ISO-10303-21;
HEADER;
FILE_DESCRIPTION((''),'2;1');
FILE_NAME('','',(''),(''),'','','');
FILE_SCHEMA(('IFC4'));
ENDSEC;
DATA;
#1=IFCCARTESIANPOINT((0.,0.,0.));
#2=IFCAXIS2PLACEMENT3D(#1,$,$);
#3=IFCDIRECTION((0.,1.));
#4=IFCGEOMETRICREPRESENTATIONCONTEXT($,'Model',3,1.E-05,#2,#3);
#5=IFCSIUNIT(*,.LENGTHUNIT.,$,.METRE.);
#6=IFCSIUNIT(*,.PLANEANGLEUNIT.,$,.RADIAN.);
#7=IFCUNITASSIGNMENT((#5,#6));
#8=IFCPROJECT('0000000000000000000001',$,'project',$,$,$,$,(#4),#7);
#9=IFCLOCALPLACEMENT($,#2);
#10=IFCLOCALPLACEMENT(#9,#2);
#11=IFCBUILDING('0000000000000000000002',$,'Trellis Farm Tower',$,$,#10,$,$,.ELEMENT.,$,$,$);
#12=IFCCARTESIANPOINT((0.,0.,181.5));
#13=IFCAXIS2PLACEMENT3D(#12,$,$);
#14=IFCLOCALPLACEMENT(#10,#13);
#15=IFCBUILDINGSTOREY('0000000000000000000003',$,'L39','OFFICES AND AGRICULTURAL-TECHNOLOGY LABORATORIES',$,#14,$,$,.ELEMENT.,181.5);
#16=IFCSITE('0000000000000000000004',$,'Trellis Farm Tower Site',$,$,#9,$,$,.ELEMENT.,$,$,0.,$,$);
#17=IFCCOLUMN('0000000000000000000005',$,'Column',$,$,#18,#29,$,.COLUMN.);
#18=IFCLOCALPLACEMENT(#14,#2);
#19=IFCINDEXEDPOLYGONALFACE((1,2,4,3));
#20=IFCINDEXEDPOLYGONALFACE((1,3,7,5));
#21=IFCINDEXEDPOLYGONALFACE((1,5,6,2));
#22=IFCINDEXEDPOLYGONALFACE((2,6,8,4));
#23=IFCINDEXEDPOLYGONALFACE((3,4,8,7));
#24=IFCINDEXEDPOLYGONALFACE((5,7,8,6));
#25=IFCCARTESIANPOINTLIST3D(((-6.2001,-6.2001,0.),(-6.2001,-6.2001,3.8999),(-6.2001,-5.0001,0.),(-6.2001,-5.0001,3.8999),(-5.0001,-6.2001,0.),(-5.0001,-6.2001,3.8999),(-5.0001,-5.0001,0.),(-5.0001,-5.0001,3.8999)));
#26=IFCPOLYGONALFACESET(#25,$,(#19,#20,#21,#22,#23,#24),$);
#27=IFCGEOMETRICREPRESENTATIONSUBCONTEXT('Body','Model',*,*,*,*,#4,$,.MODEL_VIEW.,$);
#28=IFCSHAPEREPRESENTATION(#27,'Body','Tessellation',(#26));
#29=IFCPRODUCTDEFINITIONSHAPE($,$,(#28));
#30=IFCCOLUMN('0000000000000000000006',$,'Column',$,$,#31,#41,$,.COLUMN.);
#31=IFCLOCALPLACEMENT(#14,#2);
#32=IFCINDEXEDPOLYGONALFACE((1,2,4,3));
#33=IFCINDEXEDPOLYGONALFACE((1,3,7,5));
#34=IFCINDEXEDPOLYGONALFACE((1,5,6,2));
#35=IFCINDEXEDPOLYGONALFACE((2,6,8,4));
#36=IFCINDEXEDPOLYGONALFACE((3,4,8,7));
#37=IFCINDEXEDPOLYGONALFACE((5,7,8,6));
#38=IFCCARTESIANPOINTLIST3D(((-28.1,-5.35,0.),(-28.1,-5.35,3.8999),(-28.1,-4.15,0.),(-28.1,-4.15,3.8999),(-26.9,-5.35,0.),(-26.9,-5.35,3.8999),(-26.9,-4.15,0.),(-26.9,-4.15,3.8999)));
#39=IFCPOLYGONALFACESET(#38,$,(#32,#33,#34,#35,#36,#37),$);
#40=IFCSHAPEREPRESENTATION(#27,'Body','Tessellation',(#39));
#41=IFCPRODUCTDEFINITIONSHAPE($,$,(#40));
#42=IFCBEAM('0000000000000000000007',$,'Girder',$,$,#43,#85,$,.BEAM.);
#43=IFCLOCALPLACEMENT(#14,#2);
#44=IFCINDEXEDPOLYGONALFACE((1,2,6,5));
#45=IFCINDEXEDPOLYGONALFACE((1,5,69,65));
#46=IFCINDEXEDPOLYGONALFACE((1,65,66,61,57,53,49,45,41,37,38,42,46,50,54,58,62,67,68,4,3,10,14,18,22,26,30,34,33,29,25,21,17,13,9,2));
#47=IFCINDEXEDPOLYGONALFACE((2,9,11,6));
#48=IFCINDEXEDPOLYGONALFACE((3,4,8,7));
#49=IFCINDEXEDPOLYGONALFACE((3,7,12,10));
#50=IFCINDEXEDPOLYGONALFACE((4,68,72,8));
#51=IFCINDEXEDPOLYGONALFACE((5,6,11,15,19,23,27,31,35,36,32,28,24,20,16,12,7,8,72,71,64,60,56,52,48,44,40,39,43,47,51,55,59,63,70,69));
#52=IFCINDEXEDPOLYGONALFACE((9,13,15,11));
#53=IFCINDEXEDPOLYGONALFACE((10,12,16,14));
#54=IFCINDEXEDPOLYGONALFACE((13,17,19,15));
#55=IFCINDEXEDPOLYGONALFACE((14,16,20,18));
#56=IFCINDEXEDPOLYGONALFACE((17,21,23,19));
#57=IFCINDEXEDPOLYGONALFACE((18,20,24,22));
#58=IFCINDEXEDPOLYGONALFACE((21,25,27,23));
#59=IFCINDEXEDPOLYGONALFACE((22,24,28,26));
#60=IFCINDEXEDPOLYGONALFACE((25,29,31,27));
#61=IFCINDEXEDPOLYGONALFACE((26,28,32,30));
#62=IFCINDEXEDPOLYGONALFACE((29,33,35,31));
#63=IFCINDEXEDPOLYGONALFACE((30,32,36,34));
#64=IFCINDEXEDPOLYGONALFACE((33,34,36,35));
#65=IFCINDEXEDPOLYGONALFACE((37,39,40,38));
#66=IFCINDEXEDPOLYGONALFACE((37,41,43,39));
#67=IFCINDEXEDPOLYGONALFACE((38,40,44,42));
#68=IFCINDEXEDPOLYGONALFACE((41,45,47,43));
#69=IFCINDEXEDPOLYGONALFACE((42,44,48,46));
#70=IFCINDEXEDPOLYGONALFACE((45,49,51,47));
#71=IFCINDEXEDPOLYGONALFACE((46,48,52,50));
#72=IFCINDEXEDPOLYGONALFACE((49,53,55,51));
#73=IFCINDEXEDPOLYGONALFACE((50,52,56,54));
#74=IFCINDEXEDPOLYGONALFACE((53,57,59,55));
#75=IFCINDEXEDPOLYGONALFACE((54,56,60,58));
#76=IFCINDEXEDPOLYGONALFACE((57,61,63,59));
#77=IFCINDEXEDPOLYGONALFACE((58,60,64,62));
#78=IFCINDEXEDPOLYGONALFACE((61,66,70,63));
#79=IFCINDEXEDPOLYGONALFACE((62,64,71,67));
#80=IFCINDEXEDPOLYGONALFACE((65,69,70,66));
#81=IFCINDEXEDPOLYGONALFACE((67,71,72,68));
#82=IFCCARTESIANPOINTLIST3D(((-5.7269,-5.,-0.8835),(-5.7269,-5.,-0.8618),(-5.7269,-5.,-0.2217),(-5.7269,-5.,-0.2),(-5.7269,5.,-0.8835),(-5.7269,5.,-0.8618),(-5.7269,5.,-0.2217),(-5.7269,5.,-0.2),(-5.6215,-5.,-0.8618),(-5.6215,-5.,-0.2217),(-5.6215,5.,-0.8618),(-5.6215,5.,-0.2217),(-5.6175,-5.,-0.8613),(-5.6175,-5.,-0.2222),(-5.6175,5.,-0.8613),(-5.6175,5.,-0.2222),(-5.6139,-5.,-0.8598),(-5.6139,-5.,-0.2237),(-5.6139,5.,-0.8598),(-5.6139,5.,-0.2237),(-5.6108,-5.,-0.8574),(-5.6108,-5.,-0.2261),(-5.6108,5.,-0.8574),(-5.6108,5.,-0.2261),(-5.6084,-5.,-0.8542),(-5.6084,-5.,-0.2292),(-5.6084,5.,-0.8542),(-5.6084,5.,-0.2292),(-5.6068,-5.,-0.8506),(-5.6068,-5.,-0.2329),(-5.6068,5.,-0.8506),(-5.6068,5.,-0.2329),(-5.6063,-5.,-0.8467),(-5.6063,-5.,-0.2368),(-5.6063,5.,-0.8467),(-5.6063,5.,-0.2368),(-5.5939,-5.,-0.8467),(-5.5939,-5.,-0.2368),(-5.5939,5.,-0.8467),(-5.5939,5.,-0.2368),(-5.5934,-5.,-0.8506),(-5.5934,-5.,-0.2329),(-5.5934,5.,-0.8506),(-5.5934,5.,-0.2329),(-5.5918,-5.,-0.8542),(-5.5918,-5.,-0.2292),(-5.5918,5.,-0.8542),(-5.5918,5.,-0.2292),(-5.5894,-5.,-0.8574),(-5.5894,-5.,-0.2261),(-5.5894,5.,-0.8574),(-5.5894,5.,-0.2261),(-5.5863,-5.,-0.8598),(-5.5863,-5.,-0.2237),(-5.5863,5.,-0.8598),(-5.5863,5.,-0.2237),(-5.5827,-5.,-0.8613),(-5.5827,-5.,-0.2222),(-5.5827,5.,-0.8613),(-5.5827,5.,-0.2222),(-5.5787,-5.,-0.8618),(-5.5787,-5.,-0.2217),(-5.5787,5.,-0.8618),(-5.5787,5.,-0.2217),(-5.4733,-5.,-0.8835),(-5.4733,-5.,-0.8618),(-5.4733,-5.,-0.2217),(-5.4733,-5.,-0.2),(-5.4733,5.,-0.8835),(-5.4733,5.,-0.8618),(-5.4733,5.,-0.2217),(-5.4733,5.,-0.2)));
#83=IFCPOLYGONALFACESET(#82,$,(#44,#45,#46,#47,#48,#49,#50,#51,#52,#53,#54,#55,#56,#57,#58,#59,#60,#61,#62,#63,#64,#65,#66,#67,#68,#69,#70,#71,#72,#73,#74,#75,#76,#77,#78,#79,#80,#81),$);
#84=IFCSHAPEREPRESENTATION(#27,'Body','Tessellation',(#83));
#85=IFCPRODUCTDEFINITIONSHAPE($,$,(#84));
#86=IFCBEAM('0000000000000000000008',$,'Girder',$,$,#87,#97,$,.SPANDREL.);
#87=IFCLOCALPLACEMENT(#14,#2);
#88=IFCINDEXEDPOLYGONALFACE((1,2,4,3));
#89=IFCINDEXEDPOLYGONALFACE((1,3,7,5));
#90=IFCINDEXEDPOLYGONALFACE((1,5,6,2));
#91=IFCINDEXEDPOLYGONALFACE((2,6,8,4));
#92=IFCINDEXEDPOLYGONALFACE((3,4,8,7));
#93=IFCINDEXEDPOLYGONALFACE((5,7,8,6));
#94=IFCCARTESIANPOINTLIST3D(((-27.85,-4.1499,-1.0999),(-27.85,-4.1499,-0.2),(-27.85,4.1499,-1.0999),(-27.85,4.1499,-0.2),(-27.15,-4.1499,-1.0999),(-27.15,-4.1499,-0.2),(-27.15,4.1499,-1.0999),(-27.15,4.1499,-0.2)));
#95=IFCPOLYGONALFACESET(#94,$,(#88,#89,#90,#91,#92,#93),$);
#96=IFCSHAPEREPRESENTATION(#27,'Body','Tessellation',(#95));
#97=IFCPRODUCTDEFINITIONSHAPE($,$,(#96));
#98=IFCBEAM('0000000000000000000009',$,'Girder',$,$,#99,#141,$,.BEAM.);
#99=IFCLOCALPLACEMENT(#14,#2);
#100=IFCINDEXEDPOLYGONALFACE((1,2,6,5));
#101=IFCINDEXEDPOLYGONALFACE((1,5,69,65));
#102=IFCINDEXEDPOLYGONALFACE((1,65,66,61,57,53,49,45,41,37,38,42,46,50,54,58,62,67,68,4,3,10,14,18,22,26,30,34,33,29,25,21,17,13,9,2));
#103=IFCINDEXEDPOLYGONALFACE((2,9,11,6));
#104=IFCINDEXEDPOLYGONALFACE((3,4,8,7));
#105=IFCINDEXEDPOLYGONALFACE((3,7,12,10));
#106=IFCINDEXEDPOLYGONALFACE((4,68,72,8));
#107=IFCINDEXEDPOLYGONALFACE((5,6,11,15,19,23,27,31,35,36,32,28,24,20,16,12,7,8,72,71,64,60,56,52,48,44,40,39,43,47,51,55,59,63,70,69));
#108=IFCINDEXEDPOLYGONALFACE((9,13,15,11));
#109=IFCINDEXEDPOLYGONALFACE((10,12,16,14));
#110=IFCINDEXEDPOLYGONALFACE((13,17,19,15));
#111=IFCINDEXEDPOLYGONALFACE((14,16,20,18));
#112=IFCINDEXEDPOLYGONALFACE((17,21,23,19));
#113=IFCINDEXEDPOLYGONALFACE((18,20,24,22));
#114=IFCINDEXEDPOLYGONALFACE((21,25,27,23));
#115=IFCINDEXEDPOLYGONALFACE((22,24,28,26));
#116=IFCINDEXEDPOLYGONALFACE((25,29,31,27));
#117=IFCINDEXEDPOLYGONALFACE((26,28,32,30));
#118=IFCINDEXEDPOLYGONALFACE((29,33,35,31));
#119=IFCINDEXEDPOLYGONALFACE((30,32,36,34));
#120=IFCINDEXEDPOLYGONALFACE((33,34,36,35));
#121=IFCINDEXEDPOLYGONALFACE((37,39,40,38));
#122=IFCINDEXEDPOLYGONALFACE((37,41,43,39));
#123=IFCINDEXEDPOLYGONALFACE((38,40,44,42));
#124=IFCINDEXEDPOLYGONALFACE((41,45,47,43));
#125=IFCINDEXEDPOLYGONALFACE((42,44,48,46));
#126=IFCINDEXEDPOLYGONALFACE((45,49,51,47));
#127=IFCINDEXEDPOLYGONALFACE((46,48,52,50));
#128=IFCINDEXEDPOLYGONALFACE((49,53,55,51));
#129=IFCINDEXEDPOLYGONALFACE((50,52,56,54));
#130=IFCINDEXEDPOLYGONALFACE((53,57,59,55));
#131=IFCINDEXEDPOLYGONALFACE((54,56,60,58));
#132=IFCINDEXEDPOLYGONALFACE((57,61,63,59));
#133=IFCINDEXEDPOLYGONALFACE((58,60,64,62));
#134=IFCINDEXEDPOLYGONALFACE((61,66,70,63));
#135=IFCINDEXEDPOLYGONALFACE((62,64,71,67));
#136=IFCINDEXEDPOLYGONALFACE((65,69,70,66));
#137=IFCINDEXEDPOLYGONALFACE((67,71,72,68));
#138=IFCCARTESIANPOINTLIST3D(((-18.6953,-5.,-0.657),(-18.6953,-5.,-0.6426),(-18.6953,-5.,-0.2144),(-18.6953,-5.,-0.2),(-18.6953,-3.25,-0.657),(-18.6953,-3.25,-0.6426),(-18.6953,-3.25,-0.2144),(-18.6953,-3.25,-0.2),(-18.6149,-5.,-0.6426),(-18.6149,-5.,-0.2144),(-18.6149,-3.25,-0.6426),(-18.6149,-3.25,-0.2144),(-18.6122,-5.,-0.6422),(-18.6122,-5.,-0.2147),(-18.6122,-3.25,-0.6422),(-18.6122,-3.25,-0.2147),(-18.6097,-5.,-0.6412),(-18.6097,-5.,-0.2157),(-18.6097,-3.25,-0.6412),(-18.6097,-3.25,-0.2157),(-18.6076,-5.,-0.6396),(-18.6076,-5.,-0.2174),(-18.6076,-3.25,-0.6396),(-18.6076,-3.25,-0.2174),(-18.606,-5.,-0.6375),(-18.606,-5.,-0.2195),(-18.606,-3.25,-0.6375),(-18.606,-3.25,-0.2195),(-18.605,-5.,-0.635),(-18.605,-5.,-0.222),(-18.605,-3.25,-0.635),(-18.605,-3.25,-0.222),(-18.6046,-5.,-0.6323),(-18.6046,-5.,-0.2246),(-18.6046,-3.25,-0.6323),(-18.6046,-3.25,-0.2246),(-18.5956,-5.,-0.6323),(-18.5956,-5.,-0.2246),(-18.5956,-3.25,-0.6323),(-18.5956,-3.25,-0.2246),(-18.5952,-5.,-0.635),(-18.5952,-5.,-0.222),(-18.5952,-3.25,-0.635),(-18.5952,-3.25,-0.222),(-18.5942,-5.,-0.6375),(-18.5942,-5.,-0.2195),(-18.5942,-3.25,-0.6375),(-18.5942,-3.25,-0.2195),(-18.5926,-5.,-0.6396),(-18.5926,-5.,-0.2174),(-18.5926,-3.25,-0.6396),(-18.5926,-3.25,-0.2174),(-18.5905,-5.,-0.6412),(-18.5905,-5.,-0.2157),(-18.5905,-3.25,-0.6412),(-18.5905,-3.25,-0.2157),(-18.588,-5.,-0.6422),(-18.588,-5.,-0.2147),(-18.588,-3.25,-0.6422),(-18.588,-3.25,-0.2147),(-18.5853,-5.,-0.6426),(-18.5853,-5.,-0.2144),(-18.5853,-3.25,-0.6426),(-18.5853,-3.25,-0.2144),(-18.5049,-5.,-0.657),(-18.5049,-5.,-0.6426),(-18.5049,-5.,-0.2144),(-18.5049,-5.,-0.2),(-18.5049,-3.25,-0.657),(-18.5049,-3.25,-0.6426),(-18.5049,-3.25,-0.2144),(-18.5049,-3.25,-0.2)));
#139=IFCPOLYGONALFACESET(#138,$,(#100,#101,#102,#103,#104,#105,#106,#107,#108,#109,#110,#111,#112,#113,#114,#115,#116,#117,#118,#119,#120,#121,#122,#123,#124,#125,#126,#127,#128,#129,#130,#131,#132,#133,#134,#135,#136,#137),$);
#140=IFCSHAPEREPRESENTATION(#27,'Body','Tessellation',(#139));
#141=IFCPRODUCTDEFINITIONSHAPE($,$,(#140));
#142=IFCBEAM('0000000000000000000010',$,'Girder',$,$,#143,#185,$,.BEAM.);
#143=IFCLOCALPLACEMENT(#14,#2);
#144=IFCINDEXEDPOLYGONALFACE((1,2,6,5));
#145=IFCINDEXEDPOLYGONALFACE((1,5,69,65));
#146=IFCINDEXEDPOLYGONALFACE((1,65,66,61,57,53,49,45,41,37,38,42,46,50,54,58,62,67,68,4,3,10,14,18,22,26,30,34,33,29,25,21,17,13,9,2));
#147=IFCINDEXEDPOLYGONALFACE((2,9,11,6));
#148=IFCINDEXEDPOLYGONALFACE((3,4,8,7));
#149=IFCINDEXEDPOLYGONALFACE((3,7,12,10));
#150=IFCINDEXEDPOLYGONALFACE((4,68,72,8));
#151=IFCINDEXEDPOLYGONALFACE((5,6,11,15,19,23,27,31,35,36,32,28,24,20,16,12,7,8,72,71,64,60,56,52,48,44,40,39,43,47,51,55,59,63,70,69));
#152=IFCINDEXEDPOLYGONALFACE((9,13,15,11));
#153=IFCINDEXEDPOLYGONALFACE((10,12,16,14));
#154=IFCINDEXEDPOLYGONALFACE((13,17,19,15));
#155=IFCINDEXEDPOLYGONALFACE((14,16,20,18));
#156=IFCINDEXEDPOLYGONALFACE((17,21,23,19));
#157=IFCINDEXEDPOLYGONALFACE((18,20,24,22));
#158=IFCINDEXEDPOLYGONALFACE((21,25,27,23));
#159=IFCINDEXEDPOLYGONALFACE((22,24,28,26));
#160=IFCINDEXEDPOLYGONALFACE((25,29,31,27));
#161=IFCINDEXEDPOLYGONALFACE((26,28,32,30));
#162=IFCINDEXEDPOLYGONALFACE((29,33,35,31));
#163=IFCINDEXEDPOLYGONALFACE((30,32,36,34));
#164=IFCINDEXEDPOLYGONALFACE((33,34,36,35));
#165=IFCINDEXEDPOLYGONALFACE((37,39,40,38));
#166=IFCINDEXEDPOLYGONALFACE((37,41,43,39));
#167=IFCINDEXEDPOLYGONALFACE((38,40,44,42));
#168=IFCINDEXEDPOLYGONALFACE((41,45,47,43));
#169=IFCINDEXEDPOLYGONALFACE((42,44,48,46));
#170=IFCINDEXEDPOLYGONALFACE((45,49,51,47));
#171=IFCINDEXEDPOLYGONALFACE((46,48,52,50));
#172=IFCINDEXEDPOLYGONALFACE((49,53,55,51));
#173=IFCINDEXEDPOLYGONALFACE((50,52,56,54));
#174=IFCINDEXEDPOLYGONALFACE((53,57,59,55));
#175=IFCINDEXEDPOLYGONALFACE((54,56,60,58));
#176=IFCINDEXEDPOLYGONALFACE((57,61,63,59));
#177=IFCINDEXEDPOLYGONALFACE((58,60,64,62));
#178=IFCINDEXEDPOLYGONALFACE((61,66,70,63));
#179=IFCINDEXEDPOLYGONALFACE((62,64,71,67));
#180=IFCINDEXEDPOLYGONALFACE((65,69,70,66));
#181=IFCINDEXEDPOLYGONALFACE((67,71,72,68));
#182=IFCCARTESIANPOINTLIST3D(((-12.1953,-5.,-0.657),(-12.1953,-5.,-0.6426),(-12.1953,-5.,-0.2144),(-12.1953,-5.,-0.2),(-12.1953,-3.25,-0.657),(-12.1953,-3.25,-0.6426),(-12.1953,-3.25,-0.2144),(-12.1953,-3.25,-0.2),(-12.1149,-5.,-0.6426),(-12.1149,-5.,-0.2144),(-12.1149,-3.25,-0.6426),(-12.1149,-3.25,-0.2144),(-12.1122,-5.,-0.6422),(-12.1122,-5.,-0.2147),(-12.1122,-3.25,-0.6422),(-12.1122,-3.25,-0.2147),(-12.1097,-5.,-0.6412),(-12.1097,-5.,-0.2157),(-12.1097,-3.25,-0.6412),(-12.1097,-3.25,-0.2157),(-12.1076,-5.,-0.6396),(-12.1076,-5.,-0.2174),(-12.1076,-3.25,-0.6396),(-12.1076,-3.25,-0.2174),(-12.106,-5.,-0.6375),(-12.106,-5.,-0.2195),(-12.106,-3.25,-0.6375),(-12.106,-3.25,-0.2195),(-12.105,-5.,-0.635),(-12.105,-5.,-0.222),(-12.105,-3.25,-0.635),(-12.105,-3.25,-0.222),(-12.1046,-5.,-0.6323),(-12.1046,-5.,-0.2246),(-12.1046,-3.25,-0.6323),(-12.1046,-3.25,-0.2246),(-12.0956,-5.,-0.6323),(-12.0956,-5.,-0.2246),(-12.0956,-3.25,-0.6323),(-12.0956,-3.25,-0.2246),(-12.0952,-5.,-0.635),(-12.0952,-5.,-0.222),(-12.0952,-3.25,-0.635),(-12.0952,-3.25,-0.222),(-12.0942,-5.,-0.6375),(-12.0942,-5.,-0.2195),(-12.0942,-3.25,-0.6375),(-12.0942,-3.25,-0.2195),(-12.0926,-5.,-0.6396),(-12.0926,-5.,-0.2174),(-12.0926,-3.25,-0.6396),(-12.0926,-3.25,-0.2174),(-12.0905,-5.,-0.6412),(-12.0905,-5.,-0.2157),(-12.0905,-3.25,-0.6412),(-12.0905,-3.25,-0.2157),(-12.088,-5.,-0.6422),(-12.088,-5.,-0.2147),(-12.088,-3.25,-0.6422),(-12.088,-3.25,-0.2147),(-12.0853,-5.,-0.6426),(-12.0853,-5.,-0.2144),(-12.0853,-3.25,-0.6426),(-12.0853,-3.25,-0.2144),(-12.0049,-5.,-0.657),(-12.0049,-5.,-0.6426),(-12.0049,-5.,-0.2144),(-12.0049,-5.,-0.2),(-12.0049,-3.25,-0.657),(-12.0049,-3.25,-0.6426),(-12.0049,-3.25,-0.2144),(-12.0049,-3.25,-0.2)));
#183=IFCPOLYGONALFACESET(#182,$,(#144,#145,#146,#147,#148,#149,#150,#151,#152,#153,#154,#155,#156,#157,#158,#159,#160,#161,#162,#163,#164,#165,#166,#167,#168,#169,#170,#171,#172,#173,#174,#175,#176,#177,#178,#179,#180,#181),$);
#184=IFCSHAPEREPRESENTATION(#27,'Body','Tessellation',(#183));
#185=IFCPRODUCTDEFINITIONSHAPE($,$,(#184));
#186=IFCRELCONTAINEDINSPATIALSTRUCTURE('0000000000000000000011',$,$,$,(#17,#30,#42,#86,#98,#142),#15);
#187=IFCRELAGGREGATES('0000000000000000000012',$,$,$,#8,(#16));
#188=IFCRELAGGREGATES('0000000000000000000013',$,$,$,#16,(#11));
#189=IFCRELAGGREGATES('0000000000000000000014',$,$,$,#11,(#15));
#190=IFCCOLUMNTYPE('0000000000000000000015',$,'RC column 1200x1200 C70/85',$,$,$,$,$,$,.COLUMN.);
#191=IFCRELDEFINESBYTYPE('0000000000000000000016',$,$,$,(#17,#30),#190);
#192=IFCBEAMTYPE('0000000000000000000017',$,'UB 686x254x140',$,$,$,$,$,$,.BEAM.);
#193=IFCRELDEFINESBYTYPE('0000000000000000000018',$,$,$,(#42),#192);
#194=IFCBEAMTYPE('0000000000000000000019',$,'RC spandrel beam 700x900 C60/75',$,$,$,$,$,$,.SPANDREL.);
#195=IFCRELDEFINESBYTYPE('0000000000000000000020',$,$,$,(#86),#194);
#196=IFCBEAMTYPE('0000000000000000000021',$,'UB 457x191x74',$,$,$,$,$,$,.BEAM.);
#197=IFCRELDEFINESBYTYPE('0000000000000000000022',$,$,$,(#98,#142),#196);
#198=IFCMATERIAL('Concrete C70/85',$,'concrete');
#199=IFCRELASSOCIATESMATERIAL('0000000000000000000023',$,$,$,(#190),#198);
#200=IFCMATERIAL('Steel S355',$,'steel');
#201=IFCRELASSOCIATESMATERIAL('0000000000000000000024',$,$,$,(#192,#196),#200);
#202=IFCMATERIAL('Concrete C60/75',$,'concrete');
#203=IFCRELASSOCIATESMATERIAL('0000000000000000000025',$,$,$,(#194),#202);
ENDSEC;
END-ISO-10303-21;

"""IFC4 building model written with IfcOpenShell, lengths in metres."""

from ifc_helpers import new_model, si_unit, direction, frame, origin, origin_2d, place, context, subcontext, project, spatial, rectangle, i_section, extrude, source, transform, mapped, material, material_profile, profile_set, type_object, element, save


model = new_model("IFC4")

# Units and contexts
model_context = context("Model", 3, precision=1e-05, world=origin(), true_north=direction((0.0, 1.0)))
body_context = subcontext(model_context, "Body", "Model", "MODEL_VIEW")
ifc_project = project(units=[si_unit("LENGTHUNIT", "METRE"), si_unit("PLANEANGLEUNIT", "RADIAN")], contexts=[model_context])

# Site, building, storey
site_placement = place(None, origin())
site = spatial("IfcSite", under=ifc_project, at=site_placement, Name="Trellis Farm Tower Site", CompositionType="ELEMENT", RefElevation=0.0)
building_placement = place(site_placement, origin())
building = spatial("IfcBuilding", under=site, at=building_placement, Name="Trellis Farm Tower", CompositionType="ELEMENT")
storey_placement = place(building_placement, frame((0.0, 0.0, 181.5)))
storey = spatial("IfcBuildingStorey", under=building, at=storey_placement, Name="L39", Description="OFFICES AND AGRICULTURAL-TECHNOLOGY LABORATORIES", CompositionType="ELEMENT", Elevation=181.5)

# Columns
ifc_material_1 = material(Name="Concrete C70/85", Category="concrete")
ifc_material_profile_1 = material_profile(ifc_material_1, rectangle(XDim=1.2, YDim=1.2, at=origin_2d()), Name="RC column 1200x1200 C70/85")
ifc_profile_set_1 = profile_set([ifc_material_profile_1], Name="Concrete C70/85")
column_type = type_object("IfcColumnType", Name="RC column 1200x1200 C70/85", PredefinedType="COLUMN", material=ifc_profile_set_1)
shared_shape_1 = source(origin(), body_context, "Body", "SweptSolid", [
    extrude(rectangle(XDim=1.2, YDim=1.2, at=origin_2d()), origin(), (0.0, 0.0, 1.0), 3.8999),
])
for number, where, z_axis, x_axis, name in (
    (1, (-5.6001, -5.6001, 0.0), (0.0, 0.0, 1.0), (1.0, 0.0, 0.0), "Column"),
    (2, (-27.5, -4.75, 0.0), (0.0, 0.0, 1.0), (1.0, 0.0, 0.0), "Column"),
):
    element("IfcColumn", number, at=place(storey_placement, frame(where, z_axis=z_axis, x_axis=x_axis)), inside=storey, type_object=column_type, Name=name, PredefinedType="COLUMN", context=body_context, shape_type="MappedRepresentation", body=[
        mapped(shared_shape_1, transform((0.0, 0.0, 0.0))),
    ])

# Beams
ifc_material_2 = material(Name="Steel S355", Category="steel")
ifc_material_profile_2 = material_profile(ifc_material_2, i_section(OverallWidth=0.2537, OverallDepth=0.6836, WebThickness=0.0125, FlangeThickness=0.0217, FilletRadius=0.0151, at=origin_2d()), Name="UB 686x254x140")
ifc_profile_set_2 = profile_set([ifc_material_profile_2], Name="Steel S355")
beam_type_1 = type_object("IfcBeamType", Name="UB 686x254x140", PredefinedType="BEAM", material=ifc_profile_set_2)
shared_shape_2 = source(origin(), body_context, "Body", "SweptSolid", [
    extrude(i_section(OverallWidth=0.2537, OverallDepth=0.6836, WebThickness=0.0125, FlangeThickness=0.0217, FilletRadius=0.0151, at=origin_2d()), origin(), (0.0, 0.0, 1.0), 10.0),
])
beam_1_placement = place(storey_placement, frame((-5.6001, -5.0, -0.5417), z_axis=(0.0, 1.0, 0.0), x_axis=(-1.0, 0.0, 0.0)))
element("IfcBeam", 3, at=beam_1_placement, inside=storey, type_object=beam_type_1, Name="Girder", PredefinedType="BEAM", context=body_context, shape_type="MappedRepresentation", body=[
    mapped(shared_shape_2, transform((0.0, 0.0, 0.0))),
])
ifc_material_3 = material(Name="Concrete C60/75", Category="concrete")
ifc_material_profile_3 = material_profile(ifc_material_3, rectangle(XDim=0.7, YDim=0.8999, at=origin_2d()), Name="RC spandrel beam 700x900 C60/75")
ifc_profile_set_3 = profile_set([ifc_material_profile_3], Name="Concrete C60/75")
beam_type_2 = type_object("IfcBeamType", Name="RC spandrel beam 700x900 C60/75", PredefinedType="SPANDREL", material=ifc_profile_set_3)
shared_shape_3 = source(origin(), body_context, "Body", "SweptSolid", [
    extrude(rectangle(XDim=0.7, YDim=0.8999, at=origin_2d()), origin(), (0.0, 0.0, 1.0), 8.2998),
])
beam_2_placement = place(storey_placement, frame((-27.5, -4.1499, -0.6499), z_axis=(0.0, 1.0, 0.0), x_axis=(-1.0, 0.0, 0.0)))
element("IfcBeam", 4, at=beam_2_placement, inside=storey, type_object=beam_type_2, Name="Girder", PredefinedType="SPANDREL", context=body_context, shape_type="MappedRepresentation", body=[
    mapped(shared_shape_3, transform((0.0, 0.0, 0.0))),
])
ifc_material_profile_4 = material_profile(ifc_material_2, i_section(OverallWidth=0.1904, OverallDepth=0.457, WebThickness=0.009, FlangeThickness=0.0144, FilletRadius=0.0103, at=origin_2d()), Name="UB 457x191x74")
ifc_profile_set_4 = profile_set([ifc_material_profile_4], Name="Steel S355")
beam_type_3 = type_object("IfcBeamType", Name="UB 457x191x74", PredefinedType="BEAM", material=ifc_profile_set_4)
shared_shape_4 = source(origin(), body_context, "Body", "SweptSolid", [
    extrude(i_section(OverallWidth=0.1904, OverallDepth=0.457, WebThickness=0.009, FlangeThickness=0.0144, FilletRadius=0.0103, at=origin_2d()), origin(), (0.0, 0.0, 1.0), 1.75),
])
for number, where, z_axis, x_axis, name in (
    (5, (-18.6001, -5.0, -0.4285), (0.0, 1.0, 0.0), (-1.0, 0.0, 0.0), "Girder"),
    (6, (-12.1001, -5.0, -0.4285), (0.0, 1.0, 0.0), (-1.0, 0.0, 0.0), "Girder"),
):
    element("IfcBeam", number, at=place(storey_placement, frame(where, z_axis=z_axis, x_axis=x_axis)), inside=storey, type_object=beam_type_3, Name=name, PredefinedType="BEAM", context=body_context, shape_type="MappedRepresentation", body=[
        mapped(shared_shape_4, transform((0.0, 0.0, 0.0))),
    ])

save(model, "model.ifc")
